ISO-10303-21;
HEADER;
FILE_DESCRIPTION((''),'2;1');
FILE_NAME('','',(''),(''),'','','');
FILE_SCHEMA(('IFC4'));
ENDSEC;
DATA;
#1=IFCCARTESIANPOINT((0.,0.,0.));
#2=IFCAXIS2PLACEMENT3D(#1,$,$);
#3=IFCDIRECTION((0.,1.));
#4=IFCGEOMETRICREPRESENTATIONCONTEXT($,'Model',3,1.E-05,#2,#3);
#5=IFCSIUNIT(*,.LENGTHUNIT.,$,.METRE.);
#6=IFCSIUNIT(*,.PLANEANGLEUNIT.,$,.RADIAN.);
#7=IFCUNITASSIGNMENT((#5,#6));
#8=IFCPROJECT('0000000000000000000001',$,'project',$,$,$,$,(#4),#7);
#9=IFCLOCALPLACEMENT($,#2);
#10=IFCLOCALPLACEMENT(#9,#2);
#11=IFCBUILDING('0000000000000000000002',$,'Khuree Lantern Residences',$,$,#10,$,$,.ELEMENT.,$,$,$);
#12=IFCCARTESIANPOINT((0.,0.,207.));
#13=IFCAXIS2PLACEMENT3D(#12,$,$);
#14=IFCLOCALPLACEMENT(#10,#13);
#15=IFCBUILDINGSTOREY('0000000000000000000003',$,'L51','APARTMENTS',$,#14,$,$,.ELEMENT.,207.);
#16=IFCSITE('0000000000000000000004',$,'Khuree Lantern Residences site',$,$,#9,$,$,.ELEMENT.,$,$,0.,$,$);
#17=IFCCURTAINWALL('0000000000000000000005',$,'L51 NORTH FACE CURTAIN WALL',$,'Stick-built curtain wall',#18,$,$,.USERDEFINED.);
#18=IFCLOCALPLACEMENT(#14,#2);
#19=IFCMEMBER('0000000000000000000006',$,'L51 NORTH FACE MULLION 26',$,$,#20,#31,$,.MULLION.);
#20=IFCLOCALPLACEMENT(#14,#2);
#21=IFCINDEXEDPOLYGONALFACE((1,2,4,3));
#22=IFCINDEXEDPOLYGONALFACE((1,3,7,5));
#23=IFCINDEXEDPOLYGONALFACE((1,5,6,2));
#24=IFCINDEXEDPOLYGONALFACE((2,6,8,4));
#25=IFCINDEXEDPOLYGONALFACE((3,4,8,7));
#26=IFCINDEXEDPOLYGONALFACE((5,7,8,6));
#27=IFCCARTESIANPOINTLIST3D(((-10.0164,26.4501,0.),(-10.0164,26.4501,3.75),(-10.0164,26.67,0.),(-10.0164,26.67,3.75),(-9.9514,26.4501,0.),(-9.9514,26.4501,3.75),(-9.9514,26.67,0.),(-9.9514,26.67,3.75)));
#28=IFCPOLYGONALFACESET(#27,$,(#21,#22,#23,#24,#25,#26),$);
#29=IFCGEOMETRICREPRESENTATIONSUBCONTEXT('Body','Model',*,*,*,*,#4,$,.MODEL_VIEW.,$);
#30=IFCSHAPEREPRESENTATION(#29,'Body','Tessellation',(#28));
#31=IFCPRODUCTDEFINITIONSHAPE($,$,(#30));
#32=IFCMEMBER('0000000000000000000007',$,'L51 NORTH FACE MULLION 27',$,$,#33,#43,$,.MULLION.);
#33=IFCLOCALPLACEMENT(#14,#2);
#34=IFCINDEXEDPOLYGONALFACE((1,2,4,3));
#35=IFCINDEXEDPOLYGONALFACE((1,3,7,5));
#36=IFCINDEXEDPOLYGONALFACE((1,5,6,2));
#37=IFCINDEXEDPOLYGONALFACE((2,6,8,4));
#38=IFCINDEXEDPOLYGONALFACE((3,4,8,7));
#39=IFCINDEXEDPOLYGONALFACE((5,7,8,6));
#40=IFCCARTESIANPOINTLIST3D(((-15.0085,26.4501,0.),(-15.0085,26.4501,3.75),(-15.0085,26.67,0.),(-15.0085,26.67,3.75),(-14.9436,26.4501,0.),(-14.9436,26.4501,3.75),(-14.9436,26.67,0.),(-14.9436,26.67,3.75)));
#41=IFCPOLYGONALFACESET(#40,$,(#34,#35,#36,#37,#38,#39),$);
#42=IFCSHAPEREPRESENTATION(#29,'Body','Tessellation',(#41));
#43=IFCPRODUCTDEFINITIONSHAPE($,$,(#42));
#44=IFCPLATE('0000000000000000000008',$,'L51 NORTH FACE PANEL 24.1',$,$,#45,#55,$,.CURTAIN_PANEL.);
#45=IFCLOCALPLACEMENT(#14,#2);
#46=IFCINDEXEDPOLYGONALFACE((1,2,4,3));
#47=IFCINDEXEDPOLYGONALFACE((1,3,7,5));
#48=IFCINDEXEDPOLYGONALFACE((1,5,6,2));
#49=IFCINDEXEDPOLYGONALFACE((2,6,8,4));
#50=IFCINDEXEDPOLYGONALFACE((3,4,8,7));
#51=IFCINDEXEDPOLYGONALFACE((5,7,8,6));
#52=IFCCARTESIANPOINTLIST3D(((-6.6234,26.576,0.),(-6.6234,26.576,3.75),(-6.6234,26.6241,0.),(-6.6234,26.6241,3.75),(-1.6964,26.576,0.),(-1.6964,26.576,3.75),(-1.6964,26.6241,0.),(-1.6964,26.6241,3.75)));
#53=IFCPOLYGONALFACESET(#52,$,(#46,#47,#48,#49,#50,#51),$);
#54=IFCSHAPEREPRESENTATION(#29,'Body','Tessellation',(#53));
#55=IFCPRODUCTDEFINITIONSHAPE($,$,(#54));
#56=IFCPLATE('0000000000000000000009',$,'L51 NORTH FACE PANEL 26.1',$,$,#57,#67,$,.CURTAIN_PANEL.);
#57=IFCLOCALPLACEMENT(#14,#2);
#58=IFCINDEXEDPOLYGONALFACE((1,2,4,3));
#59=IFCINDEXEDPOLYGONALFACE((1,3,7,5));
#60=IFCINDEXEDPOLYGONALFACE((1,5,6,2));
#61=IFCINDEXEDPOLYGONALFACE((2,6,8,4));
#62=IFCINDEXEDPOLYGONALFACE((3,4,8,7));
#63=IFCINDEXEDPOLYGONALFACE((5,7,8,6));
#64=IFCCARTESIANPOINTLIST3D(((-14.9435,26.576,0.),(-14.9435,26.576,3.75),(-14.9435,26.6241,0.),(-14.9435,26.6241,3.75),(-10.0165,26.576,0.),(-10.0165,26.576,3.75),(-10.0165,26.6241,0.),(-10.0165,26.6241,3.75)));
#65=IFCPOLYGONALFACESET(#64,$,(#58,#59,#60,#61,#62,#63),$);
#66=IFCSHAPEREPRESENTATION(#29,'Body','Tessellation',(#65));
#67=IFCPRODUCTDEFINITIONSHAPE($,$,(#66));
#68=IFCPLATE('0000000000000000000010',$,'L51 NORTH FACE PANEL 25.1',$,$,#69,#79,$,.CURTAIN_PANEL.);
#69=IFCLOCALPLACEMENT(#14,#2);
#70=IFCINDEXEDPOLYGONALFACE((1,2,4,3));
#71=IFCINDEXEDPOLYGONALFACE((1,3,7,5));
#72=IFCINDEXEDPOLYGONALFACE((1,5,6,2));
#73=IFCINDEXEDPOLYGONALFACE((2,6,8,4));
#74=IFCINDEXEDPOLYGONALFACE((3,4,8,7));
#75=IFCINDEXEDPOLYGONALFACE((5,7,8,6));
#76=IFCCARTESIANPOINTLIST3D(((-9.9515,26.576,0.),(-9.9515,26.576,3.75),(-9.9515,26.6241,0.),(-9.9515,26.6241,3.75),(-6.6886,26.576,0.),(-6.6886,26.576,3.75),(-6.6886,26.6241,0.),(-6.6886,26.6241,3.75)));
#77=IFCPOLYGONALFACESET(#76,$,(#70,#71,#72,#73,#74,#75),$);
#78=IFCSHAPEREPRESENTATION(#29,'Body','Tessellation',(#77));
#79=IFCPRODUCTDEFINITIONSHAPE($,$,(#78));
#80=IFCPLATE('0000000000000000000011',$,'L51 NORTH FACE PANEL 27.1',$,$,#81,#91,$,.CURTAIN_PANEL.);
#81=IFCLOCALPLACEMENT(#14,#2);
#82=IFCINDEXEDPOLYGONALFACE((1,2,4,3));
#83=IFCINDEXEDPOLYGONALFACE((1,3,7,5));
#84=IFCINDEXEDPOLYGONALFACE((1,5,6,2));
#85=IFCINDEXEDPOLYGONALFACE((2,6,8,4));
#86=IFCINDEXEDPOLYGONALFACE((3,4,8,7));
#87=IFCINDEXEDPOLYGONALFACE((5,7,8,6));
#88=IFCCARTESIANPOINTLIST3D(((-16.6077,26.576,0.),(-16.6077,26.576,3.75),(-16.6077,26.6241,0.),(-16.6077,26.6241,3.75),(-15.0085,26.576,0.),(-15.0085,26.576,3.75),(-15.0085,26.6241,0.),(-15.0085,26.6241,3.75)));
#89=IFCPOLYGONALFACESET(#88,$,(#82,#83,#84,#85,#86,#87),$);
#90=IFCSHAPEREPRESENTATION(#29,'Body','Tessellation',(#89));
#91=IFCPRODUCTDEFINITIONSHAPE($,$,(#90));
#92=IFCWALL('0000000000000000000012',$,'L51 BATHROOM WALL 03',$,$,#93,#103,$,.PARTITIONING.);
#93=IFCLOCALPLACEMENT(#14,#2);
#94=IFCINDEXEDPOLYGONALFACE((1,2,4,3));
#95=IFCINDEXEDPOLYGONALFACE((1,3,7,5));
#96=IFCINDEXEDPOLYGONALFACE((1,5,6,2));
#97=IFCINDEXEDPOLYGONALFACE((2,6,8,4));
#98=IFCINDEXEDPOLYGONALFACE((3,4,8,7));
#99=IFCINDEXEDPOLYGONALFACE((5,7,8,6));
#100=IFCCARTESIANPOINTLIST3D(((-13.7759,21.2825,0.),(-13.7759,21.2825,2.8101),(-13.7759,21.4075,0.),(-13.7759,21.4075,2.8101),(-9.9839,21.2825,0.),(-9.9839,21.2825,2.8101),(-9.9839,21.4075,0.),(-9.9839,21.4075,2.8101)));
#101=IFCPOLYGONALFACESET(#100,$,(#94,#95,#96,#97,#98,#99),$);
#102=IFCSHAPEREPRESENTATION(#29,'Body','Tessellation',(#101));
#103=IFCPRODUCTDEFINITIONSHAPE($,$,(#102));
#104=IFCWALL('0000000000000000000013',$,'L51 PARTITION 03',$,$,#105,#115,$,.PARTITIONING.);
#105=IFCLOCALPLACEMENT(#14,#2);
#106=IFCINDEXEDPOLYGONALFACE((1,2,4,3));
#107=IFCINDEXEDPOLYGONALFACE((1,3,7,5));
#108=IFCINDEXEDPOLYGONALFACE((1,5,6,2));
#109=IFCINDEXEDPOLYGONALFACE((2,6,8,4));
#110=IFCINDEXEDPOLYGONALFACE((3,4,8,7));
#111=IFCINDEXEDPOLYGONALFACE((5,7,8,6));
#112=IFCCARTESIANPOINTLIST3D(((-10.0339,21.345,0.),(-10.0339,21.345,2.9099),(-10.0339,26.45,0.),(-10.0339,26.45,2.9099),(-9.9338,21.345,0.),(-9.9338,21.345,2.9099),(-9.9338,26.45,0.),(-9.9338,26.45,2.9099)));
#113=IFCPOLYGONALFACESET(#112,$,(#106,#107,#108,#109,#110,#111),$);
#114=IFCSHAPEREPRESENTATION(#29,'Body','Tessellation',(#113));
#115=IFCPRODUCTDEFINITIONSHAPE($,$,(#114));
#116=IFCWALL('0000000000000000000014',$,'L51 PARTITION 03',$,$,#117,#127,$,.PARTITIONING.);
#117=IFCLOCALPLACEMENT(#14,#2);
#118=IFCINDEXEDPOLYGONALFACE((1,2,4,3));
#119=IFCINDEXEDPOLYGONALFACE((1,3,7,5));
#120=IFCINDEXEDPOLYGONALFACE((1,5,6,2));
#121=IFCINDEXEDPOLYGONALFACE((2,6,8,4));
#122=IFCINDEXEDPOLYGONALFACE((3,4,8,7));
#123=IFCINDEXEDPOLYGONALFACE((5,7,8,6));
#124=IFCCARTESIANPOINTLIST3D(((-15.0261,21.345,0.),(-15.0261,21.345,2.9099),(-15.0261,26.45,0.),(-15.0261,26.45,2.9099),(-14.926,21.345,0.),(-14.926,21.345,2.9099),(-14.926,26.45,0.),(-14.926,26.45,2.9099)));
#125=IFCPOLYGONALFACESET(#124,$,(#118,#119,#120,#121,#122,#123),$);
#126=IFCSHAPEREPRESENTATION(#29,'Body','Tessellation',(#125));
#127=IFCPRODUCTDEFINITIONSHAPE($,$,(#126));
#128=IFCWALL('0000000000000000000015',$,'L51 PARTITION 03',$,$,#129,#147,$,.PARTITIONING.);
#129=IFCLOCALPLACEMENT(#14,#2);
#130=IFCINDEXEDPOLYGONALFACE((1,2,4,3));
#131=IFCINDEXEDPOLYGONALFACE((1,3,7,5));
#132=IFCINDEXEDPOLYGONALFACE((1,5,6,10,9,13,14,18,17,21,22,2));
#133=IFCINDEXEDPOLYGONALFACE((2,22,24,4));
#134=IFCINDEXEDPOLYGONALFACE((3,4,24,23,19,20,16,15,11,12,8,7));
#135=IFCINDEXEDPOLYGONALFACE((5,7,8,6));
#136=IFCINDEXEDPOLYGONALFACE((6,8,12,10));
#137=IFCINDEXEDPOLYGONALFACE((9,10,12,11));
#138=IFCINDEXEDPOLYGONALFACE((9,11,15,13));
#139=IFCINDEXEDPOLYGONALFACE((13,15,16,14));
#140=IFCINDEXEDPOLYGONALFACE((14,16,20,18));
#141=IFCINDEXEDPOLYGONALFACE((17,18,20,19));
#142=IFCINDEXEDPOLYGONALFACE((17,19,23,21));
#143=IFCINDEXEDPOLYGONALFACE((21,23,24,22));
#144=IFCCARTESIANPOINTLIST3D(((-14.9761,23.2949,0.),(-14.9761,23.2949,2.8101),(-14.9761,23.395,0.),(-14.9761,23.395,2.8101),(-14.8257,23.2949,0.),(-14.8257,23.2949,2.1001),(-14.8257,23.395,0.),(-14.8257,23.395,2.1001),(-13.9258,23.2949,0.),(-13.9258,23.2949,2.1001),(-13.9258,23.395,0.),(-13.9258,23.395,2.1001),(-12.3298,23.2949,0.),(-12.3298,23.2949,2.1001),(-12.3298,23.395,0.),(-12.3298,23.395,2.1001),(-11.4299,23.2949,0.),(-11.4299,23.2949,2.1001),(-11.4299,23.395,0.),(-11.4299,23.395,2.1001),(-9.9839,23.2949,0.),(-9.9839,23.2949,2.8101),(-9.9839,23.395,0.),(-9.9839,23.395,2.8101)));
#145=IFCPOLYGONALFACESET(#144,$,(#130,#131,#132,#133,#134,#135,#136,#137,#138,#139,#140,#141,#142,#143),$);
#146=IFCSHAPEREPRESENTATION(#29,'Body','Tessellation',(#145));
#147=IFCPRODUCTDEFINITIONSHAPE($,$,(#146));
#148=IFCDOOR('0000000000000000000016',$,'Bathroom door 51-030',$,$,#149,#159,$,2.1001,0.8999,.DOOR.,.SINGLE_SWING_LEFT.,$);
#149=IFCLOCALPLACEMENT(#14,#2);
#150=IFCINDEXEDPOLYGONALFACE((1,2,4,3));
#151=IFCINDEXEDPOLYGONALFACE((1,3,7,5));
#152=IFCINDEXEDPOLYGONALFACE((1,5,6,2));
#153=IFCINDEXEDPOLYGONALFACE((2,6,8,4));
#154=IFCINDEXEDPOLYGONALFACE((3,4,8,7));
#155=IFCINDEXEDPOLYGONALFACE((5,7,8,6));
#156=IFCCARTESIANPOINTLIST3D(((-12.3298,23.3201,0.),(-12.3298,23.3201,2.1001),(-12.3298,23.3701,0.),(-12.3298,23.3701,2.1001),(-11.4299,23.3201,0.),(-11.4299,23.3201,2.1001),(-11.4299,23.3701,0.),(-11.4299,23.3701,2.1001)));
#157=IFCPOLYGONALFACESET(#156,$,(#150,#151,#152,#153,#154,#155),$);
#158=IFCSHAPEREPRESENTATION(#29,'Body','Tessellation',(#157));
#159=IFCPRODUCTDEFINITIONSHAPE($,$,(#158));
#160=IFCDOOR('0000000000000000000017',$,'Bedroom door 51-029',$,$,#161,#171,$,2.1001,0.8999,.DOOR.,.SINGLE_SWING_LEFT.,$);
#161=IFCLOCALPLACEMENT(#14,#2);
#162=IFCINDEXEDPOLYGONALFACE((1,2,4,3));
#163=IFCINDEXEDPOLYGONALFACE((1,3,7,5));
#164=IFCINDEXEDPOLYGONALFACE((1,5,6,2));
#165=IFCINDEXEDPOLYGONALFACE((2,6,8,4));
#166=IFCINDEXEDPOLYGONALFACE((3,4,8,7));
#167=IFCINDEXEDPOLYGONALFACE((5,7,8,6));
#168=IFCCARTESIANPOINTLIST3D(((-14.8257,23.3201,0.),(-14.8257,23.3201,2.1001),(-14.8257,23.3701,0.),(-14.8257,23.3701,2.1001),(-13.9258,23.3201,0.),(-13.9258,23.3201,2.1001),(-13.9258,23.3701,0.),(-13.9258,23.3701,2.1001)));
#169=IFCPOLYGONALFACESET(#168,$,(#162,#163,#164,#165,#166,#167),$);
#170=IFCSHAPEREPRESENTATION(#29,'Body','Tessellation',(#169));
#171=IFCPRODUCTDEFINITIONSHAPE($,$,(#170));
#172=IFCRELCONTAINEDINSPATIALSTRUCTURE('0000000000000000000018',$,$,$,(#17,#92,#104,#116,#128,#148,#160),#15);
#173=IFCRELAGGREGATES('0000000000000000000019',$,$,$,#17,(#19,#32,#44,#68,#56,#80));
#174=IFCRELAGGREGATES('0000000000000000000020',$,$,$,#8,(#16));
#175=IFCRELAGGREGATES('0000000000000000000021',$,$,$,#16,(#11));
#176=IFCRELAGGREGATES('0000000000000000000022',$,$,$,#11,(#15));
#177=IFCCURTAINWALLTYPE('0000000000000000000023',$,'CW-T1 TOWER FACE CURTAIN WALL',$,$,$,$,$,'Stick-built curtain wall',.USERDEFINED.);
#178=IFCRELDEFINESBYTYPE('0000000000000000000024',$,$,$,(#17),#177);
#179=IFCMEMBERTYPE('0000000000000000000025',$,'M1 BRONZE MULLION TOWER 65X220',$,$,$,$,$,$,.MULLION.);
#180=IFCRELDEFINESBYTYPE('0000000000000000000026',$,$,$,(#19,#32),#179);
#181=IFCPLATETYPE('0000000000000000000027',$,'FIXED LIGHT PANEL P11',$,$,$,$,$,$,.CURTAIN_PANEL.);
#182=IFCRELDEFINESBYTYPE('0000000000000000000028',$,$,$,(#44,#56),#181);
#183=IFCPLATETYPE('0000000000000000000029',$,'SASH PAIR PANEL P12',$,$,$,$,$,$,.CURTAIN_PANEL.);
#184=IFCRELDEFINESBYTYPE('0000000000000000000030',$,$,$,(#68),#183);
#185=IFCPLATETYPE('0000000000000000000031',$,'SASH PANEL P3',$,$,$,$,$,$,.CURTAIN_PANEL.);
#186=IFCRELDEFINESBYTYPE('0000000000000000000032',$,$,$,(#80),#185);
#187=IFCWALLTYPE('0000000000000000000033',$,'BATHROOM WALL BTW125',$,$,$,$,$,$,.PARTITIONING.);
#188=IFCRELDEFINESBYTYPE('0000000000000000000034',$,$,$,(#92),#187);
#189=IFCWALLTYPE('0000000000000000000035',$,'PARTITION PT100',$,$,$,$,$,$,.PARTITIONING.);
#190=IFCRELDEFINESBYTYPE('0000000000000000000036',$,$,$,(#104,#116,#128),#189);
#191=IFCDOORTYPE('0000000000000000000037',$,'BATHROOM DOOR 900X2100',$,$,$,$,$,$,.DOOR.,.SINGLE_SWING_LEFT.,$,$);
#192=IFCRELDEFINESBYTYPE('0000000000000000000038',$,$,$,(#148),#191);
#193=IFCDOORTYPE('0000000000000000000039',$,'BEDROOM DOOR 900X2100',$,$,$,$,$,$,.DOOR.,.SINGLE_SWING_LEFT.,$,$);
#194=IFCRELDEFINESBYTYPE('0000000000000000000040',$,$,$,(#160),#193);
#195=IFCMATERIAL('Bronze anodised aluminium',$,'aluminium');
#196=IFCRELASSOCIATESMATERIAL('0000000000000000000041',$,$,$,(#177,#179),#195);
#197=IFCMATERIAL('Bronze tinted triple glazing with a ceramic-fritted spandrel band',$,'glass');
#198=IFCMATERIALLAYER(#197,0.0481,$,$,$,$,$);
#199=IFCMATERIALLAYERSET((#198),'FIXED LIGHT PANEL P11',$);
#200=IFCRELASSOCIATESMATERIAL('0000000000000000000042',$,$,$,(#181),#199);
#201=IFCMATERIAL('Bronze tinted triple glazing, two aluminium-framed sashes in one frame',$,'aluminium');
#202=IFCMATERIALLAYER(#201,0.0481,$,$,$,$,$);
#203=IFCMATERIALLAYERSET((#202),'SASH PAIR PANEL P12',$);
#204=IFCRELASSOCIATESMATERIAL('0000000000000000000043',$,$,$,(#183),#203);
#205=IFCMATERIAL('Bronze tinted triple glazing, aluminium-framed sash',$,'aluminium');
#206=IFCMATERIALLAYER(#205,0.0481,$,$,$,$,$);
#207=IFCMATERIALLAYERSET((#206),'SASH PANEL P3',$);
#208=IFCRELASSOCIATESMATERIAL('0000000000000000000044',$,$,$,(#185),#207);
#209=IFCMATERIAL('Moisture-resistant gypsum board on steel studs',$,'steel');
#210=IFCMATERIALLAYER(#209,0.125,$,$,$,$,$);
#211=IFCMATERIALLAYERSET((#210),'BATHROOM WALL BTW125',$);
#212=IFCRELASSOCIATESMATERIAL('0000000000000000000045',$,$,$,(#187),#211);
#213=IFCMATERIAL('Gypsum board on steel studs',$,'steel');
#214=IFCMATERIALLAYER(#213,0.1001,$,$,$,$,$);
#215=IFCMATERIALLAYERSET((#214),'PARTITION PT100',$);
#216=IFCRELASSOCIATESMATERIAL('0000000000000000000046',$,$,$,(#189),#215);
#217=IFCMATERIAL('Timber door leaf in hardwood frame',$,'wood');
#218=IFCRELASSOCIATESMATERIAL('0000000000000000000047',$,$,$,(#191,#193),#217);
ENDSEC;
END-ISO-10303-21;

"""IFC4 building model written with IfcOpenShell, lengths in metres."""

from ifc_helpers import new_model, si_unit, direction, frame, frame_2d, origin, origin_2d, place, context, subcontext, project, spatial, rectangle, extrude, material, layer, layer_set, material_profile, profile_set, type_object, element, fill, aggregate, save


model = new_model("IFC4")

# Units and contexts
model_context = context("Model", 3, precision=1e-05, world=origin(), true_north=direction((0.0, 1.0)))
body_context = subcontext(model_context, "Body", "Model", "MODEL_VIEW")
ifc_project = project(units=[si_unit("LENGTHUNIT", "METRE"), si_unit("PLANEANGLEUNIT", "RADIAN")], contexts=[model_context])

# Site, building, storey
site_placement = place(None, origin())
site = spatial("IfcSite", under=ifc_project, at=site_placement, Name="Khuree Lantern Residences site", CompositionType="ELEMENT", RefElevation=0.0)
building_placement = place(site_placement, origin())
building = spatial("IfcBuilding", under=site, at=building_placement, Name="Khuree Lantern Residences", CompositionType="ELEMENT")
storey_placement = place(building_placement, frame((0.0, 0.0, 207.0)))
storey = spatial("IfcBuildingStorey", under=building, at=storey_placement, Name="L51", Description="APARTMENTS", CompositionType="ELEMENT", Elevation=207.0)

# Curtain wall
ifc_material_1 = material(Name="Bronze anodised aluminium", Category="aluminium")
curtain_wall_type = type_object("IfcCurtainWallType", Name="CW-T1 TOWER FACE CURTAIN WALL", ElementType="Stick-built curtain wall", PredefinedType="USERDEFINED", material=ifc_material_1)
curtain_wall_placement = place(storey_placement, origin())
curtain_wall = element("IfcCurtainWall", 1, at=curtain_wall_placement, inside=storey, type_object=curtain_wall_type, Name="L51 NORTH FACE CURTAIN WALL", ObjectType="Stick-built curtain wall", PredefinedType="USERDEFINED")

# Members
ifc_material_profile_1 = material_profile(ifc_material_1, rectangle(XDim=0.0649, YDim=0.22, at=origin_2d()), Name="M1 65X220")
ifc_profile_set_1 = profile_set([ifc_material_profile_1], Name="Bronze anodised aluminium")
member_type_1 = type_object("IfcMemberType", Name="M1 BRONZE MULLION TOWER 65X220", PredefinedType="MULLION", material=ifc_profile_set_1)
member_1_placement = place(storey_placement, frame((-9.9839, 26.5601, 0.0), z_axis=(0.0, 0.0, 1.0), x_axis=(-1.0, 0.0, 0.0)))
member_1 = element("IfcMember", 2, at=member_1_placement, type_object=member_type_1, Name="L51 NORTH FACE MULLION 26", PredefinedType="MULLION", context=body_context, shape_type="SweptSolid", body=[
    extrude(rectangle(XDim=0.0649, YDim=0.22, at=origin_2d()), origin(), (0.0, 0.0, 1.0), 3.75),
])
member_2_placement = place(storey_placement, frame((-14.9761, 26.5601, 0.0), z_axis=(0.0, 0.0, 1.0), x_axis=(-1.0, 0.0, 0.0)))
member_2 = element("IfcMember", 3, at=member_2_placement, type_object=member_type_1, Name="L51 NORTH FACE MULLION 27", PredefinedType="MULLION", context=body_context, shape_type="SweptSolid", body=[
    extrude(rectangle(XDim=0.0649, YDim=0.22, at=origin_2d()), origin(), (0.0, 0.0, 1.0), 3.75),
])

# Plates
ifc_material_2 = material(Name="Bronze tinted triple glazing with a ceramic-fritted spandrel band", Category="glass")
ifc_layer_1 = layer(ifc_material_2, 0.0481)
ifc_layer_set_1 = layer_set([ifc_layer_1], Name="FIXED LIGHT PANEL P11")
plate_type_1 = type_object("IfcPlateType", Name="FIXED LIGHT PANEL P11", PredefinedType="CURTAIN_PANEL", material=ifc_layer_set_1)
plate_1_placement = place(storey_placement, frame((-4.1599, 26.6001, 0.0), z_axis=(0.0, 0.0, 1.0), x_axis=(-1.0, 0.0, 0.0)))
plate_1 = element("IfcPlate", 4, at=plate_1_placement, type_object=plate_type_1, Name="L51 NORTH FACE PANEL 24.1", PredefinedType="CURTAIN_PANEL", context=body_context, shape_type="SweptSolid", body=[
    extrude(rectangle(XDim=4.927, YDim=0.0481, at=origin_2d()), origin(), (0.0, 0.0, 1.0), 3.75),
])
plate_2_placement = place(storey_placement, frame((-12.48, 26.6001, 0.0), z_axis=(0.0, 0.0, 1.0), x_axis=(-1.0, 0.0, 0.0)))
plate_2 = element("IfcPlate", 5, at=plate_2_placement, type_object=plate_type_1, Name="L51 NORTH FACE PANEL 26.1", PredefinedType="CURTAIN_PANEL", context=body_context, shape_type="SweptSolid", body=[
    extrude(rectangle(XDim=4.927, YDim=0.0481, at=origin_2d()), origin(), (0.0, 0.0, 1.0), 3.75),
])
ifc_material_3 = material(Name="Bronze tinted triple glazing, two aluminium-framed sashes in one frame", Category="aluminium")
ifc_layer_2 = layer(ifc_material_3, 0.0481)
ifc_layer_set_2 = layer_set([ifc_layer_2], Name="SASH PAIR PANEL P12")
plate_type_2 = type_object("IfcPlateType", Name="SASH PAIR PANEL P12", PredefinedType="CURTAIN_PANEL", material=ifc_layer_set_2)
plate_3_placement = place(storey_placement, frame((-8.3201, 26.6001, 0.0), z_axis=(0.0, 0.0, 1.0), x_axis=(-1.0, 0.0, 0.0)))
plate_3 = element("IfcPlate", 6, at=plate_3_placement, type_object=plate_type_2, Name="L51 NORTH FACE PANEL 25.1", PredefinedType="CURTAIN_PANEL", context=body_context, shape_type="SweptSolid", body=[
    extrude(rectangle(XDim=3.2629, YDim=0.0481, at=origin_2d()), origin(), (0.0, 0.0, 1.0), 3.75),
])
ifc_material_4 = material(Name="Bronze tinted triple glazing, aluminium-framed sash", Category="aluminium")
ifc_layer_3 = layer(ifc_material_4, 0.0481)
ifc_layer_set_3 = layer_set([ifc_layer_3], Name="SASH PANEL P3")
plate_type_3 = type_object("IfcPlateType", Name="SASH PANEL P3", PredefinedType="CURTAIN_PANEL", material=ifc_layer_set_3)
plate_4_placement = place(storey_placement, frame((-15.8081, 26.6001, 0.0), z_axis=(0.0, 0.0, 1.0), x_axis=(-1.0, 0.0, 0.0)))
plate_4 = element("IfcPlate", 7, at=plate_4_placement, type_object=plate_type_3, Name="L51 NORTH FACE PANEL 27.1", PredefinedType="CURTAIN_PANEL", context=body_context, shape_type="SweptSolid", body=[
    extrude(rectangle(XDim=1.5991, YDim=0.0481, at=origin_2d()), origin(), (0.0, 0.0, 1.0), 3.75),
])
aggregate(curtain_wall, [member_1, member_2, plate_1, plate_3, plate_2, plate_4])

# Walls
ifc_material_5 = material(Name="Moisture-resistant gypsum board on steel studs", Category="steel")
ifc_layer_4 = layer(ifc_material_5, 0.125)
ifc_layer_set_4 = layer_set([ifc_layer_4], Name="BATHROOM WALL BTW125")
wall_type_1 = type_object("IfcWallType", Name="BATHROOM WALL BTW125", PredefinedType="PARTITIONING", material=ifc_layer_set_4)
wall_1_placement = place(storey_placement, frame((-9.9839, 21.345, 0.0), z_axis=(0.0, 0.0, 1.0), x_axis=(-1.0, 0.0, 0.0)))
element("IfcWall", 8, at=wall_1_placement, inside=storey, type_object=wall_type_1, Name="L51 BATHROOM WALL 03", PredefinedType="PARTITIONING", context=body_context, shape_type="SweptSolid", body=[
    extrude(rectangle(XDim=3.792, YDim=0.125, at=frame_2d((1.896, 0.0))), origin(), (0.0, 0.0, 1.0), 2.8101),
])
ifc_material_6 = material(Name="Gypsum board on steel studs", Category="steel")
ifc_layer_5 = layer(ifc_material_6, 0.1001)
ifc_layer_set_5 = layer_set([ifc_layer_5], Name="PARTITION PT100")
wall_type_2 = type_object("IfcWallType", Name="PARTITION PT100", PredefinedType="PARTITIONING", material=ifc_layer_set_5)
for number, where, z_axis, x_axis, name in (
    (9, (-9.9839, 21.345, 0.0), (0.0, 0.0, 1.0), (0.0, 1.0, 0.0), "L51 PARTITION 03"),
    (10, (-14.9761, 21.345, 0.0), (0.0, 0.0, 1.0), (0.0, 1.0, 0.0), "L51 PARTITION 03"),
):
    element("IfcWall", number, at=place(storey_placement, frame(where, z_axis=z_axis, x_axis=x_axis)), inside=storey, type_object=wall_type_2, Name=name, PredefinedType="PARTITIONING", context=body_context, shape_type="SweptSolid", body=[
        extrude(rectangle(XDim=5.105, YDim=0.1001, at=frame_2d((2.5525, 0.0))), origin(), (0.0, 0.0, 1.0), 2.9099),
    ])

# Wall, openings, doors
wall_2_placement = place(storey_placement, frame((-9.9839, 23.345, 0.0), z_axis=(0.0, 0.0, 1.0), x_axis=(-1.0, 0.0, 0.0)))
wall_2 = element("IfcWall", 11, at=wall_2_placement, inside=storey, type_object=wall_type_2, Name="L51 PARTITION 03", PredefinedType="PARTITIONING", context=body_context, shape_type="SweptSolid", body=[
    extrude(rectangle(XDim=4.9922, YDim=0.1001, at=frame_2d((2.4961, 0.0))), origin(), (0.0, 0.0, 1.0), 2.8101),
])
opening_1_placement = place(wall_2_placement, frame((3.9419, 0.0, 0.0)))
opening_1 = element("IfcOpeningElement", 12, at=opening_1_placement, cuts=wall_2, PredefinedType="OPENING", context=body_context, shape_type="SweptSolid", body=[
    extrude(rectangle(XDim=0.8999, YDim=2.1001, at=frame_2d((0.45, 1.05))), frame((0.0, 0.0601, 0.0), z_axis=(0.0, -1.0, 0.0), x_axis=(1.0, 0.0, 0.0)), (0.0, 0.0, 1.0), 0.1201),
])
opening_2_placement = place(wall_2_placement, frame((1.446, 0.0, 0.0)))
opening_2 = element("IfcOpeningElement", 13, at=opening_2_placement, cuts=wall_2, PredefinedType="OPENING", context=body_context, shape_type="SweptSolid", body=[
    extrude(rectangle(XDim=0.8999, YDim=2.1001, at=frame_2d((0.45, 1.05))), frame((0.0, 0.0601, 0.0), z_axis=(0.0, -1.0, 0.0), x_axis=(1.0, 0.0, 0.0)), (0.0, 0.0, 1.0), 0.1201),
])
ifc_material_7 = material(Name="Timber door leaf in hardwood frame", Category="wood")
door_type_1 = type_object("IfcDoorType", Name="BATHROOM DOOR 900X2100", OperationType="SINGLE_SWING_LEFT", PredefinedType="DOOR", material=ifc_material_7)
door_1_placement = place(opening_2_placement, origin())
door_1 = element("IfcDoor", 14, at=door_1_placement, inside=storey, type_object=door_type_1, Name="Bathroom door 51-030", OperationType="SINGLE_SWING_LEFT", OverallHeight=2.1001, OverallWidth=0.8999, PredefinedType="DOOR", context=body_context, shape_type="SweptSolid", body=[
    extrude(rectangle(XDim=0.8999, YDim=2.1001, at=frame_2d((0.45, 1.05))), frame((0.0, 0.0249, 0.0), z_axis=(0.0, -1.0, 0.0), x_axis=(1.0, 0.0, 0.0)), (0.0, 0.0, 1.0), 0.05),
])
fill(opening_2, door_1)
door_type_2 = type_object("IfcDoorType", Name="BEDROOM DOOR 900X2100", OperationType="SINGLE_SWING_LEFT", PredefinedType="DOOR", material=ifc_material_7)
door_2_placement = place(opening_1_placement, origin())
door_2 = element("IfcDoor", 15, at=door_2_placement, inside=storey, type_object=door_type_2, Name="Bedroom door 51-029", OperationType="SINGLE_SWING_LEFT", OverallHeight=2.1001, OverallWidth=0.8999, PredefinedType="DOOR", context=body_context, shape_type="SweptSolid", body=[
    extrude(rectangle(XDim=0.8999, YDim=2.1001, at=frame_2d((0.45, 1.05))), frame((0.0, 0.0249, 0.0), z_axis=(0.0, -1.0, 0.0), x_axis=(1.0, 0.0, 0.0)), (0.0, 0.0, 1.0), 0.05),
])
fill(opening_1, door_2)

save(model, "model.ifc")
